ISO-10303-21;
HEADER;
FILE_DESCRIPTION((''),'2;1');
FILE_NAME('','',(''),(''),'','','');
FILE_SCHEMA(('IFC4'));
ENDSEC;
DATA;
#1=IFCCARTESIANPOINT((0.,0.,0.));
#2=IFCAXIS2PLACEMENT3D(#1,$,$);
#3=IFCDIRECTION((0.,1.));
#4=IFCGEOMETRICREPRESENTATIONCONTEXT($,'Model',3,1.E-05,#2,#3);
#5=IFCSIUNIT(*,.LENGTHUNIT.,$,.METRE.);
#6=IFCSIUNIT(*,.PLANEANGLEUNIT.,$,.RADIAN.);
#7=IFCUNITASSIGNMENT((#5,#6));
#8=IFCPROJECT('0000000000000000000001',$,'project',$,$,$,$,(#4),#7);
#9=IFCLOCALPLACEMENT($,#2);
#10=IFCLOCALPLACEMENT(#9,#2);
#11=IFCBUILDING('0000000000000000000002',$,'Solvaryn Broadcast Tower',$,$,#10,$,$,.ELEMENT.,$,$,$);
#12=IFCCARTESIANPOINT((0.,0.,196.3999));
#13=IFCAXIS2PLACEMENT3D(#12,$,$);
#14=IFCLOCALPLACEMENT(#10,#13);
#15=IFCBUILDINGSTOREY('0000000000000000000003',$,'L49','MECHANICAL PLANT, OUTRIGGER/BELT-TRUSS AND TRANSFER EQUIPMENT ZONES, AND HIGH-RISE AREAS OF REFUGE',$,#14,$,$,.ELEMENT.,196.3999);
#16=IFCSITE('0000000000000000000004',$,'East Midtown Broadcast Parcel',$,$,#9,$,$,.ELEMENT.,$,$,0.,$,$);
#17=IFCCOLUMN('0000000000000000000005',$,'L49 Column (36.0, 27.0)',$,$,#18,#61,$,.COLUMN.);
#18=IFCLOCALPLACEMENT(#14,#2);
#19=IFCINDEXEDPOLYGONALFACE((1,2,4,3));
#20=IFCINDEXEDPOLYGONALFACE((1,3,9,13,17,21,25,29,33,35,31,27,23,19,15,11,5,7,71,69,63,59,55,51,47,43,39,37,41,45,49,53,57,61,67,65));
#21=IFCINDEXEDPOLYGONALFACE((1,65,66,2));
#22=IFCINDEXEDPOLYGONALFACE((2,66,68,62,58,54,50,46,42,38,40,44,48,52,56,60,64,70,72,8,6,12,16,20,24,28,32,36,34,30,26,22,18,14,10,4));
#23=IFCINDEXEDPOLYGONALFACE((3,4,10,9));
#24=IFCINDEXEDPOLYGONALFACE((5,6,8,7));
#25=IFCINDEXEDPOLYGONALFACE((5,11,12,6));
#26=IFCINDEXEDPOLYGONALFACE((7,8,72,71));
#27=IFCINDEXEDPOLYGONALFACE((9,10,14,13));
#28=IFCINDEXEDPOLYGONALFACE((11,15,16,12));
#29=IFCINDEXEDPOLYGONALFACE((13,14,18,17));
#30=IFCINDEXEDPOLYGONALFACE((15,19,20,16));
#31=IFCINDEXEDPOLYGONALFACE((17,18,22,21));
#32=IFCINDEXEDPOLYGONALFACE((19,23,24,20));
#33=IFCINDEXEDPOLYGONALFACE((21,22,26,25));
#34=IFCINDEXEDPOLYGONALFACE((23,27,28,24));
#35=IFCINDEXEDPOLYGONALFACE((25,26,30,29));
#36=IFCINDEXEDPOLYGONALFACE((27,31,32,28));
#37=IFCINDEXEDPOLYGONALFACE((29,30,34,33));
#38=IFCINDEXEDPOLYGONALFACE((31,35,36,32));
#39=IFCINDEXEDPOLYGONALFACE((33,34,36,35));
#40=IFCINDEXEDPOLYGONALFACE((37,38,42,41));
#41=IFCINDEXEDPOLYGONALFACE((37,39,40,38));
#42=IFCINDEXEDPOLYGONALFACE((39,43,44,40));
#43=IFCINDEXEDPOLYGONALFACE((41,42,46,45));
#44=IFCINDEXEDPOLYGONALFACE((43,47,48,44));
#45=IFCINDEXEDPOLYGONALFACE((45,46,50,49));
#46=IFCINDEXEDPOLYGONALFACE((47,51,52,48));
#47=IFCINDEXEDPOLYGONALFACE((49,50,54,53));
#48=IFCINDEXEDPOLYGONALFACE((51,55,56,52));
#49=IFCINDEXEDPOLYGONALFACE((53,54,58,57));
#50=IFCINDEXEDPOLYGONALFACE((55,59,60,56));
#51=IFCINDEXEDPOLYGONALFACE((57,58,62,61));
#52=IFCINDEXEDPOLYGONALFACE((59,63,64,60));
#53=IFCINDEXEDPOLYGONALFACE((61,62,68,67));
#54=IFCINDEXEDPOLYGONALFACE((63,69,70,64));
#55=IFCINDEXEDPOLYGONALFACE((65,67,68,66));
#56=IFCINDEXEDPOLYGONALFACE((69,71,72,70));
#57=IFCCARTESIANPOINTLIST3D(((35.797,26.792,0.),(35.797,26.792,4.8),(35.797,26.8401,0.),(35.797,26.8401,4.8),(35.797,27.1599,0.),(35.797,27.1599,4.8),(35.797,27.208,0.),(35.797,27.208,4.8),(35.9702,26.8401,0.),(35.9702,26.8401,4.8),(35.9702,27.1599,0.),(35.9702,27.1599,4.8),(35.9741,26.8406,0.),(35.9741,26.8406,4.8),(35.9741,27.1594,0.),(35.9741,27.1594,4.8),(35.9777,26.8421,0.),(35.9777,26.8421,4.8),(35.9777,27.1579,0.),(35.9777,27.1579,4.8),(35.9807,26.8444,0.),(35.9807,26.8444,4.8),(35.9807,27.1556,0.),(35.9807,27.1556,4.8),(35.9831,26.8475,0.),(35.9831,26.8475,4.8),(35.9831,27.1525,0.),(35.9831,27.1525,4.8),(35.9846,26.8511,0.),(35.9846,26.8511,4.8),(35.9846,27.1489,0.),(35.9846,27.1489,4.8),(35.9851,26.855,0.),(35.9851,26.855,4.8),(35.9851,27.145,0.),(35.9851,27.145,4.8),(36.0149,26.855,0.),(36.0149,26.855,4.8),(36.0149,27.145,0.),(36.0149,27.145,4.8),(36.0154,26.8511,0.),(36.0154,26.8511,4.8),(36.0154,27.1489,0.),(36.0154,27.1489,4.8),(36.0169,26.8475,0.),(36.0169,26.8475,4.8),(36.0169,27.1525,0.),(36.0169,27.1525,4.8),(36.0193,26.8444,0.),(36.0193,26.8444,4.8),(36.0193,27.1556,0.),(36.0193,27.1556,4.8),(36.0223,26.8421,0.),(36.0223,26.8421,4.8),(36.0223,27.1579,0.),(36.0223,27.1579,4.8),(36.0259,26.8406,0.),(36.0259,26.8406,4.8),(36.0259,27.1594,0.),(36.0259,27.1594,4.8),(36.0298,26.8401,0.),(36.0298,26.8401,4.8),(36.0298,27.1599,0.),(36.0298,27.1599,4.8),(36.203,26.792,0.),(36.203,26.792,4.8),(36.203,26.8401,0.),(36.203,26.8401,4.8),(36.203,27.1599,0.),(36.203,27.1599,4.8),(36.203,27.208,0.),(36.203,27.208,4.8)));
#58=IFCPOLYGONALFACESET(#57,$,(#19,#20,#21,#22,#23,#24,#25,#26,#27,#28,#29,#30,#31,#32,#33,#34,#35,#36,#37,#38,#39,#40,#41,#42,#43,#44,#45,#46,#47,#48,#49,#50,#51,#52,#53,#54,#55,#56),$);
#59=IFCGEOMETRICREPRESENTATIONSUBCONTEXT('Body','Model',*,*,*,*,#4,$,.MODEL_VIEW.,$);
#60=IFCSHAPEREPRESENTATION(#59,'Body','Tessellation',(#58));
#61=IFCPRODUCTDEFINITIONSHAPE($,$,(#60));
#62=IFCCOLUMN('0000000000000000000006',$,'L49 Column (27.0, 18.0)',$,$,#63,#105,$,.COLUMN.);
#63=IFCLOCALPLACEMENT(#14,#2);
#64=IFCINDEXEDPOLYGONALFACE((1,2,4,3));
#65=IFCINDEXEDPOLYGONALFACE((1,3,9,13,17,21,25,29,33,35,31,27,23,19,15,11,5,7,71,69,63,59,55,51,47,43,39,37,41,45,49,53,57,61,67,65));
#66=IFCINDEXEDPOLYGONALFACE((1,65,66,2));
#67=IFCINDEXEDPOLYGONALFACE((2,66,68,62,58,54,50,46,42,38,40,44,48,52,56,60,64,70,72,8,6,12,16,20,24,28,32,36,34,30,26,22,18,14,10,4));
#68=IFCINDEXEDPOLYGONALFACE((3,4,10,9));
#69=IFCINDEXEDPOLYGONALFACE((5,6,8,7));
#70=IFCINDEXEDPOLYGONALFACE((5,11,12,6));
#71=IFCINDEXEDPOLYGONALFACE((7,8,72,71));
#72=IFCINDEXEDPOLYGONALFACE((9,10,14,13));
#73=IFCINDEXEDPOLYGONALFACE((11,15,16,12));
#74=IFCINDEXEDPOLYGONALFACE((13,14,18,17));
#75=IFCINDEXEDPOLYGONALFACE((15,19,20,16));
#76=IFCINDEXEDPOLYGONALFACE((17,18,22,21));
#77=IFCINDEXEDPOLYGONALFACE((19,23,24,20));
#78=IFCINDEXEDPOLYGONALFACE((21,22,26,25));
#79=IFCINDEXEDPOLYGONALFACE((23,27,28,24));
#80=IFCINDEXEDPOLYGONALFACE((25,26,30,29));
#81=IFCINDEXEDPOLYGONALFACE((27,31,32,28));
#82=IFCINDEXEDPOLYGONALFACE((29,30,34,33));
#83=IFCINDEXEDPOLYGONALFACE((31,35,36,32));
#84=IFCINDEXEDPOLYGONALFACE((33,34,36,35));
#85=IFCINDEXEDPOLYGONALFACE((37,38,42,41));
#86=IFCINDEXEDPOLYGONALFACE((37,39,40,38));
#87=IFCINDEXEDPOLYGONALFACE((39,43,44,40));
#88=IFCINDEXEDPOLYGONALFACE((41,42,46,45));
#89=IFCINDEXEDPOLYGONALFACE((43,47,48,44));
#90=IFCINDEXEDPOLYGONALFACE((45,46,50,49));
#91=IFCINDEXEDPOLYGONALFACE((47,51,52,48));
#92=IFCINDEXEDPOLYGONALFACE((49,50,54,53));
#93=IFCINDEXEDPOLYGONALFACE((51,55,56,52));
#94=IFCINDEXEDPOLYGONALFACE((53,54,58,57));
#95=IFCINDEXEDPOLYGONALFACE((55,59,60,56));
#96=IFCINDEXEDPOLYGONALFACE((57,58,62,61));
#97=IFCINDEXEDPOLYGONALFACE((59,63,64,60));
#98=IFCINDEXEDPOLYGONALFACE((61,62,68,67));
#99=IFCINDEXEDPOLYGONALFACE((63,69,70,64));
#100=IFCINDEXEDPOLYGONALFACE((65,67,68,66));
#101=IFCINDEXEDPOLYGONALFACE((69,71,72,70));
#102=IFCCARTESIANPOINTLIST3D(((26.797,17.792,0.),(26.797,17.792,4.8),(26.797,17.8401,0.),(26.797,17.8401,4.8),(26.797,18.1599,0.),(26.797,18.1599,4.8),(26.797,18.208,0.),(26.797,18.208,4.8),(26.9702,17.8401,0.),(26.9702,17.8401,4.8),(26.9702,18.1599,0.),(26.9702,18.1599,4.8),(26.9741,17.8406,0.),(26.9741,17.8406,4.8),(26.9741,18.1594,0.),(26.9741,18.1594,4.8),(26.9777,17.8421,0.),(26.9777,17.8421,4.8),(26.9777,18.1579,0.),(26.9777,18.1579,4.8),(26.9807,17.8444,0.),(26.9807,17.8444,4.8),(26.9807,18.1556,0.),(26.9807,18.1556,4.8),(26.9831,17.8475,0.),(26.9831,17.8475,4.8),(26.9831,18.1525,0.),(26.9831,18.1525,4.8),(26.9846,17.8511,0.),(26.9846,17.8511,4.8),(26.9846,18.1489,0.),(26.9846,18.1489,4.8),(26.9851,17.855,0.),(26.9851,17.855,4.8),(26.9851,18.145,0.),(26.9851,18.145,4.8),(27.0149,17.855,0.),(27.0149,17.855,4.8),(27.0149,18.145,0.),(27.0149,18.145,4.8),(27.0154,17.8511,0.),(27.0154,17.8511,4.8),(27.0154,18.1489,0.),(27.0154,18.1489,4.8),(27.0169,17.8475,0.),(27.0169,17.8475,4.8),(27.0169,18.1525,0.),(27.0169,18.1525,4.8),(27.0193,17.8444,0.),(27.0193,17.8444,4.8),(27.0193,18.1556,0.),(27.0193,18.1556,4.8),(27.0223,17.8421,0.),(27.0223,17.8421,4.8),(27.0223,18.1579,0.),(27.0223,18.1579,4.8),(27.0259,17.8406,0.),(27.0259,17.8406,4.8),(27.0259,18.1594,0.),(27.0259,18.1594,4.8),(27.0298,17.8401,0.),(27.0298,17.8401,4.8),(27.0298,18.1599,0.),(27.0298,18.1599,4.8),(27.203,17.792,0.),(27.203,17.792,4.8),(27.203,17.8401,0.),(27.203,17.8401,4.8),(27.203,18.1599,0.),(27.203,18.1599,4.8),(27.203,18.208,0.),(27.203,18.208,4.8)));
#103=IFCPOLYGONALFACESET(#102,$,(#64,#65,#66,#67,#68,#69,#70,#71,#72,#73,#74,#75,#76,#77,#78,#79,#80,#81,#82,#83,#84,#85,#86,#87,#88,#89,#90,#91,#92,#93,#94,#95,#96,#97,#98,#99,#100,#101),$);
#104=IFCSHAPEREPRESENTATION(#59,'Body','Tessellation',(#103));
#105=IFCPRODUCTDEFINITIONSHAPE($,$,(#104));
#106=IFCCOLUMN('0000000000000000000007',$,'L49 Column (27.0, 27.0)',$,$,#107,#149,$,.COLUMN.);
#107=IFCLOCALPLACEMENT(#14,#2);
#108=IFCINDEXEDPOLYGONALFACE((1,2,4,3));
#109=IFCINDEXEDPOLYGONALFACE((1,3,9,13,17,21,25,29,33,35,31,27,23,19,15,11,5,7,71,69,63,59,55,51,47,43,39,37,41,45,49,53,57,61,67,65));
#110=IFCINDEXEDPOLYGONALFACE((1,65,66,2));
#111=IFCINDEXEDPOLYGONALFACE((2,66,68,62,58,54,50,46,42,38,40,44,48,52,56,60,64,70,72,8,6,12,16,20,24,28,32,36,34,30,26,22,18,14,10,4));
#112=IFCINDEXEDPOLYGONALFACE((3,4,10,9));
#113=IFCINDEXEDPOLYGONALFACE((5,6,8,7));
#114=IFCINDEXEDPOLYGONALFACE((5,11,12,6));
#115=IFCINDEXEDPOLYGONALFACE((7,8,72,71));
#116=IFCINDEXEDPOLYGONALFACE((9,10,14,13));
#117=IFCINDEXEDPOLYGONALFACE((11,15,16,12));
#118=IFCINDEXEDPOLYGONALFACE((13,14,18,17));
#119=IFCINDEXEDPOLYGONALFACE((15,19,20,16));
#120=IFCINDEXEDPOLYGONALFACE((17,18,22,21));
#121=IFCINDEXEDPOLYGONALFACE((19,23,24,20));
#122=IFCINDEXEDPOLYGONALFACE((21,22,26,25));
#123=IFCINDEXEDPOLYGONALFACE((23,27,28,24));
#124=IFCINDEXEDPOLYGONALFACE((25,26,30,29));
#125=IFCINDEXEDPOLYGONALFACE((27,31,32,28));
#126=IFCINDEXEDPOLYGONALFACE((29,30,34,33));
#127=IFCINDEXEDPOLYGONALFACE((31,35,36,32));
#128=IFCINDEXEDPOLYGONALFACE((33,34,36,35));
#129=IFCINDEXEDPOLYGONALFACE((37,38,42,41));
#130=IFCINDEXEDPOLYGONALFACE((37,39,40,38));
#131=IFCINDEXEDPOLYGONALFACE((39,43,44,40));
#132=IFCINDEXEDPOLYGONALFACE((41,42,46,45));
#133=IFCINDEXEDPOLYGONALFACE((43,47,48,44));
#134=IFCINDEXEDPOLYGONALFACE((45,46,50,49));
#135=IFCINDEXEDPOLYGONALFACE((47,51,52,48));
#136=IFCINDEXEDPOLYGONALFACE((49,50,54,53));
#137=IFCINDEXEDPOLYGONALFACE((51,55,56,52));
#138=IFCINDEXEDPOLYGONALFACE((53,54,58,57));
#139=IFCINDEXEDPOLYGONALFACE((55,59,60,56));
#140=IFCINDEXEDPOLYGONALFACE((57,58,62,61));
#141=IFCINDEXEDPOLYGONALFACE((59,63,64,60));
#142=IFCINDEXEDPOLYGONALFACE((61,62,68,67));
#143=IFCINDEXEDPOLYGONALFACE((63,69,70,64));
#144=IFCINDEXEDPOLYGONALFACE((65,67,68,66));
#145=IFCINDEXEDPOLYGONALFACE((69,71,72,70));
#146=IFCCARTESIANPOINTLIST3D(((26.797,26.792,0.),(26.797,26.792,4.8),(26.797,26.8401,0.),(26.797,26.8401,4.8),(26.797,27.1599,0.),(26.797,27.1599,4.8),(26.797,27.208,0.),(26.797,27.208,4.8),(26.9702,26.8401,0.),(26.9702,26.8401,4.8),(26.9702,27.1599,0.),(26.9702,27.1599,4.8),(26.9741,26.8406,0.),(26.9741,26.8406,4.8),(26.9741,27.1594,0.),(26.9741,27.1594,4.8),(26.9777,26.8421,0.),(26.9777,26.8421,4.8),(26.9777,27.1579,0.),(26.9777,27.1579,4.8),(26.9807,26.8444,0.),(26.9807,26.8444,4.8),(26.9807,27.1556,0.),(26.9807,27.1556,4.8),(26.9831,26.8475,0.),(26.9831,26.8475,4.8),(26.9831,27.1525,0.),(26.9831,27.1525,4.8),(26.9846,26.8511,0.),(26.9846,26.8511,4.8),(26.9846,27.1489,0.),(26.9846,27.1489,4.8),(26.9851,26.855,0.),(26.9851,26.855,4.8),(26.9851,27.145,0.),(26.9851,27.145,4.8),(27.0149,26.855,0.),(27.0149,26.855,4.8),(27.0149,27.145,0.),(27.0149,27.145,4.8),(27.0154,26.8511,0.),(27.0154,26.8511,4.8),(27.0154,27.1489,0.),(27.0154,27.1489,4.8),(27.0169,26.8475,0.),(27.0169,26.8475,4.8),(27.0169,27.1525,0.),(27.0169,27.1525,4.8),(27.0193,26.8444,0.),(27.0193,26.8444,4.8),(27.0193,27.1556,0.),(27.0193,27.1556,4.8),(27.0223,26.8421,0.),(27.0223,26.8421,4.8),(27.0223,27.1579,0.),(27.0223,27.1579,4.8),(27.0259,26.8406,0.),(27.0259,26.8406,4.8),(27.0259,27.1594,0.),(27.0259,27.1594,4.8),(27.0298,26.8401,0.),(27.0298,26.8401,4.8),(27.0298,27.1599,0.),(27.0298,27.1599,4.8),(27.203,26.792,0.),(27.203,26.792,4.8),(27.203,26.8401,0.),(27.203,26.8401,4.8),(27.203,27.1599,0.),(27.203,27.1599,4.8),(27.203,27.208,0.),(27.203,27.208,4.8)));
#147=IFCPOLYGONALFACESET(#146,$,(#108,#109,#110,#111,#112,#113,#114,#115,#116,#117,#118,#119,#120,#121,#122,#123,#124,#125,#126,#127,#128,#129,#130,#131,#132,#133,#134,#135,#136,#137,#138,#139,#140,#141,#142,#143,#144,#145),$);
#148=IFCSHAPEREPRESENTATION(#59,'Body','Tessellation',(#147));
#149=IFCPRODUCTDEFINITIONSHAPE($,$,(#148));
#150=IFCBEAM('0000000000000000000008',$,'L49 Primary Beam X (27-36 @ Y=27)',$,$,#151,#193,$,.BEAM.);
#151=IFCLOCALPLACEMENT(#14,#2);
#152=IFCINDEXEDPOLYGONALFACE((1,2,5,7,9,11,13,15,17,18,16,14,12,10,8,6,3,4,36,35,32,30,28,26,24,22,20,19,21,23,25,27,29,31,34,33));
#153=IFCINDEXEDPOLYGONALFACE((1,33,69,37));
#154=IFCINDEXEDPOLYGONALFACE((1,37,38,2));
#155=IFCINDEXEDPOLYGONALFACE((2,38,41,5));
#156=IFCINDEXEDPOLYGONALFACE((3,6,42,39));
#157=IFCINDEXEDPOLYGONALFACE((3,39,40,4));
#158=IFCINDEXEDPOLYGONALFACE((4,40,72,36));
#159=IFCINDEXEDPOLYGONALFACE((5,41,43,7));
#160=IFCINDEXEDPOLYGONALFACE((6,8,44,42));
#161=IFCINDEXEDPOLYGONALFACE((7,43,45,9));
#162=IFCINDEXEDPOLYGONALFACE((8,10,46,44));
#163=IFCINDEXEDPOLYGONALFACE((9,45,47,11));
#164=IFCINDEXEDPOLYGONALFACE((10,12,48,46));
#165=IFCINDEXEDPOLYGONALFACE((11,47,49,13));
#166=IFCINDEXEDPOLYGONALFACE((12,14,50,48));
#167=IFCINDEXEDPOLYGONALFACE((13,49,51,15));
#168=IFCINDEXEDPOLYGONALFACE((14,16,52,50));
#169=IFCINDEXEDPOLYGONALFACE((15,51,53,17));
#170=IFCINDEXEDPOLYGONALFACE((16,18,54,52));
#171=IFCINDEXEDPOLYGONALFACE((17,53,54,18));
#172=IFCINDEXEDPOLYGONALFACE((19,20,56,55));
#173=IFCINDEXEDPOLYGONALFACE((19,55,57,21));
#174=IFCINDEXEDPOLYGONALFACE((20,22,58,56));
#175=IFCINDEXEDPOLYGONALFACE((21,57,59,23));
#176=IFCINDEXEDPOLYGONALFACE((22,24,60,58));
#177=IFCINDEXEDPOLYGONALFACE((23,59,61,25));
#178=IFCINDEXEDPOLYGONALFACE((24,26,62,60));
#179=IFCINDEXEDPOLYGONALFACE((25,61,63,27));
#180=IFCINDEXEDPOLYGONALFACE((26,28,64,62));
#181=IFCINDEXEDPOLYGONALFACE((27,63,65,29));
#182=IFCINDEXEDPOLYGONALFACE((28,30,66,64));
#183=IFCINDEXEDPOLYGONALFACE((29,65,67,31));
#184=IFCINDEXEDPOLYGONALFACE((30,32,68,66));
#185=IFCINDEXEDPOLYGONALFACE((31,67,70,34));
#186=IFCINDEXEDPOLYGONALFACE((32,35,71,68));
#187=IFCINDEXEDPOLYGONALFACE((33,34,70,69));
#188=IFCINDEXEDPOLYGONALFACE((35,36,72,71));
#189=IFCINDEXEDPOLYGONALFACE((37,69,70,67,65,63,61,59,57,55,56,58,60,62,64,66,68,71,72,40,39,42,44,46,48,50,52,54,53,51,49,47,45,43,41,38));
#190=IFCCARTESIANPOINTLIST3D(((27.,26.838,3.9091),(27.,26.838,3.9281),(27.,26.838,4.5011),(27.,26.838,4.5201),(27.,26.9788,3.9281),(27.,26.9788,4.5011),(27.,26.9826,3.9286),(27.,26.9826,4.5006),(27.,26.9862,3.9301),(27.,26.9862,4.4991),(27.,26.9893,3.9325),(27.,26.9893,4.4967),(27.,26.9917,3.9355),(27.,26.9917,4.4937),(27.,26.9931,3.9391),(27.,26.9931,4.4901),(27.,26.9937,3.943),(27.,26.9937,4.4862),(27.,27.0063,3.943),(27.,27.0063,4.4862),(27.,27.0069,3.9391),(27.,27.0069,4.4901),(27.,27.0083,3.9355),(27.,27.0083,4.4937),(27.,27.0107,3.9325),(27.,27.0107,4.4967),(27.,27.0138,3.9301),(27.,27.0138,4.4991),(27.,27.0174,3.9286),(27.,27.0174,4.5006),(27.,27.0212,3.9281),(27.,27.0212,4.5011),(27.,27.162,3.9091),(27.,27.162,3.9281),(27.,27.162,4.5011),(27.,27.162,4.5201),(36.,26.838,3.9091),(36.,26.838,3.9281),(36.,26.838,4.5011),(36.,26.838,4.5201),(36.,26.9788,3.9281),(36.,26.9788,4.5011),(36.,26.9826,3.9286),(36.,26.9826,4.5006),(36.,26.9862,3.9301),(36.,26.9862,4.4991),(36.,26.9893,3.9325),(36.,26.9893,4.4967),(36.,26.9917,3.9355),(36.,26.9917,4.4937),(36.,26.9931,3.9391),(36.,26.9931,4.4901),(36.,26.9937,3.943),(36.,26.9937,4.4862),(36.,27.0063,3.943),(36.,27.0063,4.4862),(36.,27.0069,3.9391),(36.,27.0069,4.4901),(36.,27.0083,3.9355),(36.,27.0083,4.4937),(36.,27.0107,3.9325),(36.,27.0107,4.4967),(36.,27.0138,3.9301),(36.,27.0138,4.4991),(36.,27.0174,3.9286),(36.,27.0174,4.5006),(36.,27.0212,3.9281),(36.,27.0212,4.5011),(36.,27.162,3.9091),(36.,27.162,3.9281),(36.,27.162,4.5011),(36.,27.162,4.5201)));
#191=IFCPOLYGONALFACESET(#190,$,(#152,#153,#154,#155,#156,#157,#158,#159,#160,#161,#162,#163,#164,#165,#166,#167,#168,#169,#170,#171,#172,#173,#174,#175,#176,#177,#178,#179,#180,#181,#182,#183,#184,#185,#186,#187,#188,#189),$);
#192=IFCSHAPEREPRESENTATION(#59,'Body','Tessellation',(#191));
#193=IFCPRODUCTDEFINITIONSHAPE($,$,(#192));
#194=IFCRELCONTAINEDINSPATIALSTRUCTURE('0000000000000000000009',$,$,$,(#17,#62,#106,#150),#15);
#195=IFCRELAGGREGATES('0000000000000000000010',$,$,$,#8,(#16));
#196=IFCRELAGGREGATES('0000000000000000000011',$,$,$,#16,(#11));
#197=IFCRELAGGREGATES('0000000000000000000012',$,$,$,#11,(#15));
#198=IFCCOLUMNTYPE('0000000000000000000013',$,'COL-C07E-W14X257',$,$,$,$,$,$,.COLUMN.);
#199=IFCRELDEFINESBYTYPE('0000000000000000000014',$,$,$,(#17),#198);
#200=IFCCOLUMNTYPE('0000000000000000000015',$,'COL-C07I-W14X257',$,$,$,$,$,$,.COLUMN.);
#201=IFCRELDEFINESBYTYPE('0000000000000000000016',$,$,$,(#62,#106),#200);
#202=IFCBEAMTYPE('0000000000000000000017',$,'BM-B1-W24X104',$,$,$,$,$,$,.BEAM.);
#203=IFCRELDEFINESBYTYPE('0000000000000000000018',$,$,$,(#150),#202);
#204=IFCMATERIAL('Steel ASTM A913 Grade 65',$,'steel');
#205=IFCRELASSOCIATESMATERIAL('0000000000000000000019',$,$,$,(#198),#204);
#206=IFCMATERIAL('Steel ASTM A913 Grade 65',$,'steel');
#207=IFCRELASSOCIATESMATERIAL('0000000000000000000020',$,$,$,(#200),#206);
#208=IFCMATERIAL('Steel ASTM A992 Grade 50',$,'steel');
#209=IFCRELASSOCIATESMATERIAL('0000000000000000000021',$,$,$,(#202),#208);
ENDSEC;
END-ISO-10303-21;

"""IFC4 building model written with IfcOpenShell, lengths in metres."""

from ifc_helpers import new_model, si_unit, direction, frame, origin, origin_2d, place, context, subcontext, project, spatial, i_section, extrude, material, material_profile, profile_set, type_object, element, save


model = new_model("IFC4")

# Units and contexts
model_context = context("Model", 3, precision=1e-05, world=origin(), true_north=direction((0.0, 1.0)))
body_context = subcontext(model_context, "Body", "Model", "MODEL_VIEW")
ifc_project = project(units=[si_unit("LENGTHUNIT", "METRE"), si_unit("PLANEANGLEUNIT", "RADIAN")], contexts=[model_context])

# Site, building, storey
site_placement = place(None, origin())
site = spatial("IfcSite", under=ifc_project, at=site_placement, Name="East Midtown Broadcast Parcel", CompositionType="ELEMENT", RefElevation=0.0)
building_placement = place(site_placement, origin())
building = spatial("IfcBuilding", under=site, at=building_placement, Name="Solvaryn Broadcast Tower", CompositionType="ELEMENT")
storey_placement = place(building_placement, frame((0.0, 0.0, 196.3999)))
storey = spatial("IfcBuildingStorey", under=building, at=storey_placement, Name="L49", Description="MECHANICAL PLANT, OUTRIGGER/BELT-TRUSS AND TRANSFER EQUIPMENT ZONES, AND HIGH-RISE AREAS OF REFUGE", CompositionType="ELEMENT", Elevation=196.3999)

# Columns
ifc_material_1 = material(Name="Steel ASTM A913 Grade 65", Category="steel")
ifc_material_profile_1 = material_profile(ifc_material_1, i_section(OverallWidth=0.406, OverallDepth=0.416, WebThickness=0.0298, FlangeThickness=0.0481, FilletRadius=0.0149, at=origin_2d()))
ifc_profile_set_1 = profile_set([ifc_material_profile_1], Name="Steel ASTM A913 Grade 65")
column_type_1 = type_object("IfcColumnType", Name="COL-C07E-W14X257", PredefinedType="COLUMN", material=ifc_profile_set_1)
column_placement = place(storey_placement, frame((36.0, 27.0, 0.0), z_axis=(0.0, 0.0, 1.0), x_axis=(1.0, 0.0, 0.0)))
element("IfcColumn", 1, at=column_placement, inside=storey, type_object=column_type_1, Name="L49 Column (36.0, 27.0)", PredefinedType="COLUMN", context=body_context, shape_type="SweptSolid", body=[
    extrude(i_section(OverallWidth=0.406, OverallDepth=0.416, WebThickness=0.0298, FlangeThickness=0.0481, FilletRadius=0.0149, at=origin_2d()), origin(), (0.0, 0.0, 1.0), 4.8),
])
ifc_material_2 = material(Name="Steel ASTM A913 Grade 65", Category="steel")
ifc_material_profile_2 = material_profile(ifc_material_2, i_section(OverallWidth=0.406, OverallDepth=0.416, WebThickness=0.0298, FlangeThickness=0.0481, FilletRadius=0.0149, at=origin_2d()))
ifc_profile_set_2 = profile_set([ifc_material_profile_2], Name="Steel ASTM A913 Grade 65")
column_type_2 = type_object("IfcColumnType", Name="COL-C07I-W14X257", PredefinedType="COLUMN", material=ifc_profile_set_2)
for number, where, z_axis, x_axis, name in (
    (2, (27.0, 18.0, 0.0), (0.0, 0.0, 1.0), (1.0, 0.0, 0.0), "L49 Column (27.0, 18.0)"),
    (3, (27.0, 27.0, 0.0), (0.0, 0.0, 1.0), (1.0, 0.0, 0.0), "L49 Column (27.0, 27.0)"),
):
    element("IfcColumn", number, at=place(storey_placement, frame(where, z_axis=z_axis, x_axis=x_axis)), inside=storey, type_object=column_type_2, Name=name, PredefinedType="COLUMN", context=body_context, shape_type="SweptSolid", body=[
        extrude(i_section(OverallWidth=0.406, OverallDepth=0.416, WebThickness=0.0298, FlangeThickness=0.0481, FilletRadius=0.0149, at=origin_2d()), origin(), (0.0, 0.0, 1.0), 4.8),
    ])

# Beam
ifc_material_3 = material(Name="Steel ASTM A992 Grade 50", Category="steel")
ifc_material_profile_3 = material_profile(ifc_material_3, i_section(OverallWidth=0.324, OverallDepth=0.6111, WebThickness=0.0127, FlangeThickness=0.019, FilletRadius=0.0149, at=origin_2d()))
ifc_profile_set_3 = profile_set([ifc_material_profile_3], Name="Steel ASTM A992 Grade 50")
beam_type_1 = type_object("IfcBeamType", Name="BM-B1-W24X104", PredefinedType="BEAM", material=ifc_profile_set_3)
beam_1_placement = place(storey_placement, frame((27.0, 27.0, 4.2146), z_axis=(1.0, 0.0, 0.0), x_axis=(0.0, 1.0, 0.0)))
element("IfcBeam", 4, at=beam_1_placement, inside=storey, type_object=beam_type_1, Name="L49 Primary Beam X (27-36 @ Y=27)", PredefinedType="BEAM", context=body_context, shape_type="SweptSolid", body=[
    extrude(i_section(OverallWidth=0.324, OverallDepth=0.6111, WebThickness=0.0127, FlangeThickness=0.019, FilletRadius=0.0149, at=origin_2d()), origin(), (0.0, 0.0, 1.0), 9.0),
])

save(model, "model.ifc")
